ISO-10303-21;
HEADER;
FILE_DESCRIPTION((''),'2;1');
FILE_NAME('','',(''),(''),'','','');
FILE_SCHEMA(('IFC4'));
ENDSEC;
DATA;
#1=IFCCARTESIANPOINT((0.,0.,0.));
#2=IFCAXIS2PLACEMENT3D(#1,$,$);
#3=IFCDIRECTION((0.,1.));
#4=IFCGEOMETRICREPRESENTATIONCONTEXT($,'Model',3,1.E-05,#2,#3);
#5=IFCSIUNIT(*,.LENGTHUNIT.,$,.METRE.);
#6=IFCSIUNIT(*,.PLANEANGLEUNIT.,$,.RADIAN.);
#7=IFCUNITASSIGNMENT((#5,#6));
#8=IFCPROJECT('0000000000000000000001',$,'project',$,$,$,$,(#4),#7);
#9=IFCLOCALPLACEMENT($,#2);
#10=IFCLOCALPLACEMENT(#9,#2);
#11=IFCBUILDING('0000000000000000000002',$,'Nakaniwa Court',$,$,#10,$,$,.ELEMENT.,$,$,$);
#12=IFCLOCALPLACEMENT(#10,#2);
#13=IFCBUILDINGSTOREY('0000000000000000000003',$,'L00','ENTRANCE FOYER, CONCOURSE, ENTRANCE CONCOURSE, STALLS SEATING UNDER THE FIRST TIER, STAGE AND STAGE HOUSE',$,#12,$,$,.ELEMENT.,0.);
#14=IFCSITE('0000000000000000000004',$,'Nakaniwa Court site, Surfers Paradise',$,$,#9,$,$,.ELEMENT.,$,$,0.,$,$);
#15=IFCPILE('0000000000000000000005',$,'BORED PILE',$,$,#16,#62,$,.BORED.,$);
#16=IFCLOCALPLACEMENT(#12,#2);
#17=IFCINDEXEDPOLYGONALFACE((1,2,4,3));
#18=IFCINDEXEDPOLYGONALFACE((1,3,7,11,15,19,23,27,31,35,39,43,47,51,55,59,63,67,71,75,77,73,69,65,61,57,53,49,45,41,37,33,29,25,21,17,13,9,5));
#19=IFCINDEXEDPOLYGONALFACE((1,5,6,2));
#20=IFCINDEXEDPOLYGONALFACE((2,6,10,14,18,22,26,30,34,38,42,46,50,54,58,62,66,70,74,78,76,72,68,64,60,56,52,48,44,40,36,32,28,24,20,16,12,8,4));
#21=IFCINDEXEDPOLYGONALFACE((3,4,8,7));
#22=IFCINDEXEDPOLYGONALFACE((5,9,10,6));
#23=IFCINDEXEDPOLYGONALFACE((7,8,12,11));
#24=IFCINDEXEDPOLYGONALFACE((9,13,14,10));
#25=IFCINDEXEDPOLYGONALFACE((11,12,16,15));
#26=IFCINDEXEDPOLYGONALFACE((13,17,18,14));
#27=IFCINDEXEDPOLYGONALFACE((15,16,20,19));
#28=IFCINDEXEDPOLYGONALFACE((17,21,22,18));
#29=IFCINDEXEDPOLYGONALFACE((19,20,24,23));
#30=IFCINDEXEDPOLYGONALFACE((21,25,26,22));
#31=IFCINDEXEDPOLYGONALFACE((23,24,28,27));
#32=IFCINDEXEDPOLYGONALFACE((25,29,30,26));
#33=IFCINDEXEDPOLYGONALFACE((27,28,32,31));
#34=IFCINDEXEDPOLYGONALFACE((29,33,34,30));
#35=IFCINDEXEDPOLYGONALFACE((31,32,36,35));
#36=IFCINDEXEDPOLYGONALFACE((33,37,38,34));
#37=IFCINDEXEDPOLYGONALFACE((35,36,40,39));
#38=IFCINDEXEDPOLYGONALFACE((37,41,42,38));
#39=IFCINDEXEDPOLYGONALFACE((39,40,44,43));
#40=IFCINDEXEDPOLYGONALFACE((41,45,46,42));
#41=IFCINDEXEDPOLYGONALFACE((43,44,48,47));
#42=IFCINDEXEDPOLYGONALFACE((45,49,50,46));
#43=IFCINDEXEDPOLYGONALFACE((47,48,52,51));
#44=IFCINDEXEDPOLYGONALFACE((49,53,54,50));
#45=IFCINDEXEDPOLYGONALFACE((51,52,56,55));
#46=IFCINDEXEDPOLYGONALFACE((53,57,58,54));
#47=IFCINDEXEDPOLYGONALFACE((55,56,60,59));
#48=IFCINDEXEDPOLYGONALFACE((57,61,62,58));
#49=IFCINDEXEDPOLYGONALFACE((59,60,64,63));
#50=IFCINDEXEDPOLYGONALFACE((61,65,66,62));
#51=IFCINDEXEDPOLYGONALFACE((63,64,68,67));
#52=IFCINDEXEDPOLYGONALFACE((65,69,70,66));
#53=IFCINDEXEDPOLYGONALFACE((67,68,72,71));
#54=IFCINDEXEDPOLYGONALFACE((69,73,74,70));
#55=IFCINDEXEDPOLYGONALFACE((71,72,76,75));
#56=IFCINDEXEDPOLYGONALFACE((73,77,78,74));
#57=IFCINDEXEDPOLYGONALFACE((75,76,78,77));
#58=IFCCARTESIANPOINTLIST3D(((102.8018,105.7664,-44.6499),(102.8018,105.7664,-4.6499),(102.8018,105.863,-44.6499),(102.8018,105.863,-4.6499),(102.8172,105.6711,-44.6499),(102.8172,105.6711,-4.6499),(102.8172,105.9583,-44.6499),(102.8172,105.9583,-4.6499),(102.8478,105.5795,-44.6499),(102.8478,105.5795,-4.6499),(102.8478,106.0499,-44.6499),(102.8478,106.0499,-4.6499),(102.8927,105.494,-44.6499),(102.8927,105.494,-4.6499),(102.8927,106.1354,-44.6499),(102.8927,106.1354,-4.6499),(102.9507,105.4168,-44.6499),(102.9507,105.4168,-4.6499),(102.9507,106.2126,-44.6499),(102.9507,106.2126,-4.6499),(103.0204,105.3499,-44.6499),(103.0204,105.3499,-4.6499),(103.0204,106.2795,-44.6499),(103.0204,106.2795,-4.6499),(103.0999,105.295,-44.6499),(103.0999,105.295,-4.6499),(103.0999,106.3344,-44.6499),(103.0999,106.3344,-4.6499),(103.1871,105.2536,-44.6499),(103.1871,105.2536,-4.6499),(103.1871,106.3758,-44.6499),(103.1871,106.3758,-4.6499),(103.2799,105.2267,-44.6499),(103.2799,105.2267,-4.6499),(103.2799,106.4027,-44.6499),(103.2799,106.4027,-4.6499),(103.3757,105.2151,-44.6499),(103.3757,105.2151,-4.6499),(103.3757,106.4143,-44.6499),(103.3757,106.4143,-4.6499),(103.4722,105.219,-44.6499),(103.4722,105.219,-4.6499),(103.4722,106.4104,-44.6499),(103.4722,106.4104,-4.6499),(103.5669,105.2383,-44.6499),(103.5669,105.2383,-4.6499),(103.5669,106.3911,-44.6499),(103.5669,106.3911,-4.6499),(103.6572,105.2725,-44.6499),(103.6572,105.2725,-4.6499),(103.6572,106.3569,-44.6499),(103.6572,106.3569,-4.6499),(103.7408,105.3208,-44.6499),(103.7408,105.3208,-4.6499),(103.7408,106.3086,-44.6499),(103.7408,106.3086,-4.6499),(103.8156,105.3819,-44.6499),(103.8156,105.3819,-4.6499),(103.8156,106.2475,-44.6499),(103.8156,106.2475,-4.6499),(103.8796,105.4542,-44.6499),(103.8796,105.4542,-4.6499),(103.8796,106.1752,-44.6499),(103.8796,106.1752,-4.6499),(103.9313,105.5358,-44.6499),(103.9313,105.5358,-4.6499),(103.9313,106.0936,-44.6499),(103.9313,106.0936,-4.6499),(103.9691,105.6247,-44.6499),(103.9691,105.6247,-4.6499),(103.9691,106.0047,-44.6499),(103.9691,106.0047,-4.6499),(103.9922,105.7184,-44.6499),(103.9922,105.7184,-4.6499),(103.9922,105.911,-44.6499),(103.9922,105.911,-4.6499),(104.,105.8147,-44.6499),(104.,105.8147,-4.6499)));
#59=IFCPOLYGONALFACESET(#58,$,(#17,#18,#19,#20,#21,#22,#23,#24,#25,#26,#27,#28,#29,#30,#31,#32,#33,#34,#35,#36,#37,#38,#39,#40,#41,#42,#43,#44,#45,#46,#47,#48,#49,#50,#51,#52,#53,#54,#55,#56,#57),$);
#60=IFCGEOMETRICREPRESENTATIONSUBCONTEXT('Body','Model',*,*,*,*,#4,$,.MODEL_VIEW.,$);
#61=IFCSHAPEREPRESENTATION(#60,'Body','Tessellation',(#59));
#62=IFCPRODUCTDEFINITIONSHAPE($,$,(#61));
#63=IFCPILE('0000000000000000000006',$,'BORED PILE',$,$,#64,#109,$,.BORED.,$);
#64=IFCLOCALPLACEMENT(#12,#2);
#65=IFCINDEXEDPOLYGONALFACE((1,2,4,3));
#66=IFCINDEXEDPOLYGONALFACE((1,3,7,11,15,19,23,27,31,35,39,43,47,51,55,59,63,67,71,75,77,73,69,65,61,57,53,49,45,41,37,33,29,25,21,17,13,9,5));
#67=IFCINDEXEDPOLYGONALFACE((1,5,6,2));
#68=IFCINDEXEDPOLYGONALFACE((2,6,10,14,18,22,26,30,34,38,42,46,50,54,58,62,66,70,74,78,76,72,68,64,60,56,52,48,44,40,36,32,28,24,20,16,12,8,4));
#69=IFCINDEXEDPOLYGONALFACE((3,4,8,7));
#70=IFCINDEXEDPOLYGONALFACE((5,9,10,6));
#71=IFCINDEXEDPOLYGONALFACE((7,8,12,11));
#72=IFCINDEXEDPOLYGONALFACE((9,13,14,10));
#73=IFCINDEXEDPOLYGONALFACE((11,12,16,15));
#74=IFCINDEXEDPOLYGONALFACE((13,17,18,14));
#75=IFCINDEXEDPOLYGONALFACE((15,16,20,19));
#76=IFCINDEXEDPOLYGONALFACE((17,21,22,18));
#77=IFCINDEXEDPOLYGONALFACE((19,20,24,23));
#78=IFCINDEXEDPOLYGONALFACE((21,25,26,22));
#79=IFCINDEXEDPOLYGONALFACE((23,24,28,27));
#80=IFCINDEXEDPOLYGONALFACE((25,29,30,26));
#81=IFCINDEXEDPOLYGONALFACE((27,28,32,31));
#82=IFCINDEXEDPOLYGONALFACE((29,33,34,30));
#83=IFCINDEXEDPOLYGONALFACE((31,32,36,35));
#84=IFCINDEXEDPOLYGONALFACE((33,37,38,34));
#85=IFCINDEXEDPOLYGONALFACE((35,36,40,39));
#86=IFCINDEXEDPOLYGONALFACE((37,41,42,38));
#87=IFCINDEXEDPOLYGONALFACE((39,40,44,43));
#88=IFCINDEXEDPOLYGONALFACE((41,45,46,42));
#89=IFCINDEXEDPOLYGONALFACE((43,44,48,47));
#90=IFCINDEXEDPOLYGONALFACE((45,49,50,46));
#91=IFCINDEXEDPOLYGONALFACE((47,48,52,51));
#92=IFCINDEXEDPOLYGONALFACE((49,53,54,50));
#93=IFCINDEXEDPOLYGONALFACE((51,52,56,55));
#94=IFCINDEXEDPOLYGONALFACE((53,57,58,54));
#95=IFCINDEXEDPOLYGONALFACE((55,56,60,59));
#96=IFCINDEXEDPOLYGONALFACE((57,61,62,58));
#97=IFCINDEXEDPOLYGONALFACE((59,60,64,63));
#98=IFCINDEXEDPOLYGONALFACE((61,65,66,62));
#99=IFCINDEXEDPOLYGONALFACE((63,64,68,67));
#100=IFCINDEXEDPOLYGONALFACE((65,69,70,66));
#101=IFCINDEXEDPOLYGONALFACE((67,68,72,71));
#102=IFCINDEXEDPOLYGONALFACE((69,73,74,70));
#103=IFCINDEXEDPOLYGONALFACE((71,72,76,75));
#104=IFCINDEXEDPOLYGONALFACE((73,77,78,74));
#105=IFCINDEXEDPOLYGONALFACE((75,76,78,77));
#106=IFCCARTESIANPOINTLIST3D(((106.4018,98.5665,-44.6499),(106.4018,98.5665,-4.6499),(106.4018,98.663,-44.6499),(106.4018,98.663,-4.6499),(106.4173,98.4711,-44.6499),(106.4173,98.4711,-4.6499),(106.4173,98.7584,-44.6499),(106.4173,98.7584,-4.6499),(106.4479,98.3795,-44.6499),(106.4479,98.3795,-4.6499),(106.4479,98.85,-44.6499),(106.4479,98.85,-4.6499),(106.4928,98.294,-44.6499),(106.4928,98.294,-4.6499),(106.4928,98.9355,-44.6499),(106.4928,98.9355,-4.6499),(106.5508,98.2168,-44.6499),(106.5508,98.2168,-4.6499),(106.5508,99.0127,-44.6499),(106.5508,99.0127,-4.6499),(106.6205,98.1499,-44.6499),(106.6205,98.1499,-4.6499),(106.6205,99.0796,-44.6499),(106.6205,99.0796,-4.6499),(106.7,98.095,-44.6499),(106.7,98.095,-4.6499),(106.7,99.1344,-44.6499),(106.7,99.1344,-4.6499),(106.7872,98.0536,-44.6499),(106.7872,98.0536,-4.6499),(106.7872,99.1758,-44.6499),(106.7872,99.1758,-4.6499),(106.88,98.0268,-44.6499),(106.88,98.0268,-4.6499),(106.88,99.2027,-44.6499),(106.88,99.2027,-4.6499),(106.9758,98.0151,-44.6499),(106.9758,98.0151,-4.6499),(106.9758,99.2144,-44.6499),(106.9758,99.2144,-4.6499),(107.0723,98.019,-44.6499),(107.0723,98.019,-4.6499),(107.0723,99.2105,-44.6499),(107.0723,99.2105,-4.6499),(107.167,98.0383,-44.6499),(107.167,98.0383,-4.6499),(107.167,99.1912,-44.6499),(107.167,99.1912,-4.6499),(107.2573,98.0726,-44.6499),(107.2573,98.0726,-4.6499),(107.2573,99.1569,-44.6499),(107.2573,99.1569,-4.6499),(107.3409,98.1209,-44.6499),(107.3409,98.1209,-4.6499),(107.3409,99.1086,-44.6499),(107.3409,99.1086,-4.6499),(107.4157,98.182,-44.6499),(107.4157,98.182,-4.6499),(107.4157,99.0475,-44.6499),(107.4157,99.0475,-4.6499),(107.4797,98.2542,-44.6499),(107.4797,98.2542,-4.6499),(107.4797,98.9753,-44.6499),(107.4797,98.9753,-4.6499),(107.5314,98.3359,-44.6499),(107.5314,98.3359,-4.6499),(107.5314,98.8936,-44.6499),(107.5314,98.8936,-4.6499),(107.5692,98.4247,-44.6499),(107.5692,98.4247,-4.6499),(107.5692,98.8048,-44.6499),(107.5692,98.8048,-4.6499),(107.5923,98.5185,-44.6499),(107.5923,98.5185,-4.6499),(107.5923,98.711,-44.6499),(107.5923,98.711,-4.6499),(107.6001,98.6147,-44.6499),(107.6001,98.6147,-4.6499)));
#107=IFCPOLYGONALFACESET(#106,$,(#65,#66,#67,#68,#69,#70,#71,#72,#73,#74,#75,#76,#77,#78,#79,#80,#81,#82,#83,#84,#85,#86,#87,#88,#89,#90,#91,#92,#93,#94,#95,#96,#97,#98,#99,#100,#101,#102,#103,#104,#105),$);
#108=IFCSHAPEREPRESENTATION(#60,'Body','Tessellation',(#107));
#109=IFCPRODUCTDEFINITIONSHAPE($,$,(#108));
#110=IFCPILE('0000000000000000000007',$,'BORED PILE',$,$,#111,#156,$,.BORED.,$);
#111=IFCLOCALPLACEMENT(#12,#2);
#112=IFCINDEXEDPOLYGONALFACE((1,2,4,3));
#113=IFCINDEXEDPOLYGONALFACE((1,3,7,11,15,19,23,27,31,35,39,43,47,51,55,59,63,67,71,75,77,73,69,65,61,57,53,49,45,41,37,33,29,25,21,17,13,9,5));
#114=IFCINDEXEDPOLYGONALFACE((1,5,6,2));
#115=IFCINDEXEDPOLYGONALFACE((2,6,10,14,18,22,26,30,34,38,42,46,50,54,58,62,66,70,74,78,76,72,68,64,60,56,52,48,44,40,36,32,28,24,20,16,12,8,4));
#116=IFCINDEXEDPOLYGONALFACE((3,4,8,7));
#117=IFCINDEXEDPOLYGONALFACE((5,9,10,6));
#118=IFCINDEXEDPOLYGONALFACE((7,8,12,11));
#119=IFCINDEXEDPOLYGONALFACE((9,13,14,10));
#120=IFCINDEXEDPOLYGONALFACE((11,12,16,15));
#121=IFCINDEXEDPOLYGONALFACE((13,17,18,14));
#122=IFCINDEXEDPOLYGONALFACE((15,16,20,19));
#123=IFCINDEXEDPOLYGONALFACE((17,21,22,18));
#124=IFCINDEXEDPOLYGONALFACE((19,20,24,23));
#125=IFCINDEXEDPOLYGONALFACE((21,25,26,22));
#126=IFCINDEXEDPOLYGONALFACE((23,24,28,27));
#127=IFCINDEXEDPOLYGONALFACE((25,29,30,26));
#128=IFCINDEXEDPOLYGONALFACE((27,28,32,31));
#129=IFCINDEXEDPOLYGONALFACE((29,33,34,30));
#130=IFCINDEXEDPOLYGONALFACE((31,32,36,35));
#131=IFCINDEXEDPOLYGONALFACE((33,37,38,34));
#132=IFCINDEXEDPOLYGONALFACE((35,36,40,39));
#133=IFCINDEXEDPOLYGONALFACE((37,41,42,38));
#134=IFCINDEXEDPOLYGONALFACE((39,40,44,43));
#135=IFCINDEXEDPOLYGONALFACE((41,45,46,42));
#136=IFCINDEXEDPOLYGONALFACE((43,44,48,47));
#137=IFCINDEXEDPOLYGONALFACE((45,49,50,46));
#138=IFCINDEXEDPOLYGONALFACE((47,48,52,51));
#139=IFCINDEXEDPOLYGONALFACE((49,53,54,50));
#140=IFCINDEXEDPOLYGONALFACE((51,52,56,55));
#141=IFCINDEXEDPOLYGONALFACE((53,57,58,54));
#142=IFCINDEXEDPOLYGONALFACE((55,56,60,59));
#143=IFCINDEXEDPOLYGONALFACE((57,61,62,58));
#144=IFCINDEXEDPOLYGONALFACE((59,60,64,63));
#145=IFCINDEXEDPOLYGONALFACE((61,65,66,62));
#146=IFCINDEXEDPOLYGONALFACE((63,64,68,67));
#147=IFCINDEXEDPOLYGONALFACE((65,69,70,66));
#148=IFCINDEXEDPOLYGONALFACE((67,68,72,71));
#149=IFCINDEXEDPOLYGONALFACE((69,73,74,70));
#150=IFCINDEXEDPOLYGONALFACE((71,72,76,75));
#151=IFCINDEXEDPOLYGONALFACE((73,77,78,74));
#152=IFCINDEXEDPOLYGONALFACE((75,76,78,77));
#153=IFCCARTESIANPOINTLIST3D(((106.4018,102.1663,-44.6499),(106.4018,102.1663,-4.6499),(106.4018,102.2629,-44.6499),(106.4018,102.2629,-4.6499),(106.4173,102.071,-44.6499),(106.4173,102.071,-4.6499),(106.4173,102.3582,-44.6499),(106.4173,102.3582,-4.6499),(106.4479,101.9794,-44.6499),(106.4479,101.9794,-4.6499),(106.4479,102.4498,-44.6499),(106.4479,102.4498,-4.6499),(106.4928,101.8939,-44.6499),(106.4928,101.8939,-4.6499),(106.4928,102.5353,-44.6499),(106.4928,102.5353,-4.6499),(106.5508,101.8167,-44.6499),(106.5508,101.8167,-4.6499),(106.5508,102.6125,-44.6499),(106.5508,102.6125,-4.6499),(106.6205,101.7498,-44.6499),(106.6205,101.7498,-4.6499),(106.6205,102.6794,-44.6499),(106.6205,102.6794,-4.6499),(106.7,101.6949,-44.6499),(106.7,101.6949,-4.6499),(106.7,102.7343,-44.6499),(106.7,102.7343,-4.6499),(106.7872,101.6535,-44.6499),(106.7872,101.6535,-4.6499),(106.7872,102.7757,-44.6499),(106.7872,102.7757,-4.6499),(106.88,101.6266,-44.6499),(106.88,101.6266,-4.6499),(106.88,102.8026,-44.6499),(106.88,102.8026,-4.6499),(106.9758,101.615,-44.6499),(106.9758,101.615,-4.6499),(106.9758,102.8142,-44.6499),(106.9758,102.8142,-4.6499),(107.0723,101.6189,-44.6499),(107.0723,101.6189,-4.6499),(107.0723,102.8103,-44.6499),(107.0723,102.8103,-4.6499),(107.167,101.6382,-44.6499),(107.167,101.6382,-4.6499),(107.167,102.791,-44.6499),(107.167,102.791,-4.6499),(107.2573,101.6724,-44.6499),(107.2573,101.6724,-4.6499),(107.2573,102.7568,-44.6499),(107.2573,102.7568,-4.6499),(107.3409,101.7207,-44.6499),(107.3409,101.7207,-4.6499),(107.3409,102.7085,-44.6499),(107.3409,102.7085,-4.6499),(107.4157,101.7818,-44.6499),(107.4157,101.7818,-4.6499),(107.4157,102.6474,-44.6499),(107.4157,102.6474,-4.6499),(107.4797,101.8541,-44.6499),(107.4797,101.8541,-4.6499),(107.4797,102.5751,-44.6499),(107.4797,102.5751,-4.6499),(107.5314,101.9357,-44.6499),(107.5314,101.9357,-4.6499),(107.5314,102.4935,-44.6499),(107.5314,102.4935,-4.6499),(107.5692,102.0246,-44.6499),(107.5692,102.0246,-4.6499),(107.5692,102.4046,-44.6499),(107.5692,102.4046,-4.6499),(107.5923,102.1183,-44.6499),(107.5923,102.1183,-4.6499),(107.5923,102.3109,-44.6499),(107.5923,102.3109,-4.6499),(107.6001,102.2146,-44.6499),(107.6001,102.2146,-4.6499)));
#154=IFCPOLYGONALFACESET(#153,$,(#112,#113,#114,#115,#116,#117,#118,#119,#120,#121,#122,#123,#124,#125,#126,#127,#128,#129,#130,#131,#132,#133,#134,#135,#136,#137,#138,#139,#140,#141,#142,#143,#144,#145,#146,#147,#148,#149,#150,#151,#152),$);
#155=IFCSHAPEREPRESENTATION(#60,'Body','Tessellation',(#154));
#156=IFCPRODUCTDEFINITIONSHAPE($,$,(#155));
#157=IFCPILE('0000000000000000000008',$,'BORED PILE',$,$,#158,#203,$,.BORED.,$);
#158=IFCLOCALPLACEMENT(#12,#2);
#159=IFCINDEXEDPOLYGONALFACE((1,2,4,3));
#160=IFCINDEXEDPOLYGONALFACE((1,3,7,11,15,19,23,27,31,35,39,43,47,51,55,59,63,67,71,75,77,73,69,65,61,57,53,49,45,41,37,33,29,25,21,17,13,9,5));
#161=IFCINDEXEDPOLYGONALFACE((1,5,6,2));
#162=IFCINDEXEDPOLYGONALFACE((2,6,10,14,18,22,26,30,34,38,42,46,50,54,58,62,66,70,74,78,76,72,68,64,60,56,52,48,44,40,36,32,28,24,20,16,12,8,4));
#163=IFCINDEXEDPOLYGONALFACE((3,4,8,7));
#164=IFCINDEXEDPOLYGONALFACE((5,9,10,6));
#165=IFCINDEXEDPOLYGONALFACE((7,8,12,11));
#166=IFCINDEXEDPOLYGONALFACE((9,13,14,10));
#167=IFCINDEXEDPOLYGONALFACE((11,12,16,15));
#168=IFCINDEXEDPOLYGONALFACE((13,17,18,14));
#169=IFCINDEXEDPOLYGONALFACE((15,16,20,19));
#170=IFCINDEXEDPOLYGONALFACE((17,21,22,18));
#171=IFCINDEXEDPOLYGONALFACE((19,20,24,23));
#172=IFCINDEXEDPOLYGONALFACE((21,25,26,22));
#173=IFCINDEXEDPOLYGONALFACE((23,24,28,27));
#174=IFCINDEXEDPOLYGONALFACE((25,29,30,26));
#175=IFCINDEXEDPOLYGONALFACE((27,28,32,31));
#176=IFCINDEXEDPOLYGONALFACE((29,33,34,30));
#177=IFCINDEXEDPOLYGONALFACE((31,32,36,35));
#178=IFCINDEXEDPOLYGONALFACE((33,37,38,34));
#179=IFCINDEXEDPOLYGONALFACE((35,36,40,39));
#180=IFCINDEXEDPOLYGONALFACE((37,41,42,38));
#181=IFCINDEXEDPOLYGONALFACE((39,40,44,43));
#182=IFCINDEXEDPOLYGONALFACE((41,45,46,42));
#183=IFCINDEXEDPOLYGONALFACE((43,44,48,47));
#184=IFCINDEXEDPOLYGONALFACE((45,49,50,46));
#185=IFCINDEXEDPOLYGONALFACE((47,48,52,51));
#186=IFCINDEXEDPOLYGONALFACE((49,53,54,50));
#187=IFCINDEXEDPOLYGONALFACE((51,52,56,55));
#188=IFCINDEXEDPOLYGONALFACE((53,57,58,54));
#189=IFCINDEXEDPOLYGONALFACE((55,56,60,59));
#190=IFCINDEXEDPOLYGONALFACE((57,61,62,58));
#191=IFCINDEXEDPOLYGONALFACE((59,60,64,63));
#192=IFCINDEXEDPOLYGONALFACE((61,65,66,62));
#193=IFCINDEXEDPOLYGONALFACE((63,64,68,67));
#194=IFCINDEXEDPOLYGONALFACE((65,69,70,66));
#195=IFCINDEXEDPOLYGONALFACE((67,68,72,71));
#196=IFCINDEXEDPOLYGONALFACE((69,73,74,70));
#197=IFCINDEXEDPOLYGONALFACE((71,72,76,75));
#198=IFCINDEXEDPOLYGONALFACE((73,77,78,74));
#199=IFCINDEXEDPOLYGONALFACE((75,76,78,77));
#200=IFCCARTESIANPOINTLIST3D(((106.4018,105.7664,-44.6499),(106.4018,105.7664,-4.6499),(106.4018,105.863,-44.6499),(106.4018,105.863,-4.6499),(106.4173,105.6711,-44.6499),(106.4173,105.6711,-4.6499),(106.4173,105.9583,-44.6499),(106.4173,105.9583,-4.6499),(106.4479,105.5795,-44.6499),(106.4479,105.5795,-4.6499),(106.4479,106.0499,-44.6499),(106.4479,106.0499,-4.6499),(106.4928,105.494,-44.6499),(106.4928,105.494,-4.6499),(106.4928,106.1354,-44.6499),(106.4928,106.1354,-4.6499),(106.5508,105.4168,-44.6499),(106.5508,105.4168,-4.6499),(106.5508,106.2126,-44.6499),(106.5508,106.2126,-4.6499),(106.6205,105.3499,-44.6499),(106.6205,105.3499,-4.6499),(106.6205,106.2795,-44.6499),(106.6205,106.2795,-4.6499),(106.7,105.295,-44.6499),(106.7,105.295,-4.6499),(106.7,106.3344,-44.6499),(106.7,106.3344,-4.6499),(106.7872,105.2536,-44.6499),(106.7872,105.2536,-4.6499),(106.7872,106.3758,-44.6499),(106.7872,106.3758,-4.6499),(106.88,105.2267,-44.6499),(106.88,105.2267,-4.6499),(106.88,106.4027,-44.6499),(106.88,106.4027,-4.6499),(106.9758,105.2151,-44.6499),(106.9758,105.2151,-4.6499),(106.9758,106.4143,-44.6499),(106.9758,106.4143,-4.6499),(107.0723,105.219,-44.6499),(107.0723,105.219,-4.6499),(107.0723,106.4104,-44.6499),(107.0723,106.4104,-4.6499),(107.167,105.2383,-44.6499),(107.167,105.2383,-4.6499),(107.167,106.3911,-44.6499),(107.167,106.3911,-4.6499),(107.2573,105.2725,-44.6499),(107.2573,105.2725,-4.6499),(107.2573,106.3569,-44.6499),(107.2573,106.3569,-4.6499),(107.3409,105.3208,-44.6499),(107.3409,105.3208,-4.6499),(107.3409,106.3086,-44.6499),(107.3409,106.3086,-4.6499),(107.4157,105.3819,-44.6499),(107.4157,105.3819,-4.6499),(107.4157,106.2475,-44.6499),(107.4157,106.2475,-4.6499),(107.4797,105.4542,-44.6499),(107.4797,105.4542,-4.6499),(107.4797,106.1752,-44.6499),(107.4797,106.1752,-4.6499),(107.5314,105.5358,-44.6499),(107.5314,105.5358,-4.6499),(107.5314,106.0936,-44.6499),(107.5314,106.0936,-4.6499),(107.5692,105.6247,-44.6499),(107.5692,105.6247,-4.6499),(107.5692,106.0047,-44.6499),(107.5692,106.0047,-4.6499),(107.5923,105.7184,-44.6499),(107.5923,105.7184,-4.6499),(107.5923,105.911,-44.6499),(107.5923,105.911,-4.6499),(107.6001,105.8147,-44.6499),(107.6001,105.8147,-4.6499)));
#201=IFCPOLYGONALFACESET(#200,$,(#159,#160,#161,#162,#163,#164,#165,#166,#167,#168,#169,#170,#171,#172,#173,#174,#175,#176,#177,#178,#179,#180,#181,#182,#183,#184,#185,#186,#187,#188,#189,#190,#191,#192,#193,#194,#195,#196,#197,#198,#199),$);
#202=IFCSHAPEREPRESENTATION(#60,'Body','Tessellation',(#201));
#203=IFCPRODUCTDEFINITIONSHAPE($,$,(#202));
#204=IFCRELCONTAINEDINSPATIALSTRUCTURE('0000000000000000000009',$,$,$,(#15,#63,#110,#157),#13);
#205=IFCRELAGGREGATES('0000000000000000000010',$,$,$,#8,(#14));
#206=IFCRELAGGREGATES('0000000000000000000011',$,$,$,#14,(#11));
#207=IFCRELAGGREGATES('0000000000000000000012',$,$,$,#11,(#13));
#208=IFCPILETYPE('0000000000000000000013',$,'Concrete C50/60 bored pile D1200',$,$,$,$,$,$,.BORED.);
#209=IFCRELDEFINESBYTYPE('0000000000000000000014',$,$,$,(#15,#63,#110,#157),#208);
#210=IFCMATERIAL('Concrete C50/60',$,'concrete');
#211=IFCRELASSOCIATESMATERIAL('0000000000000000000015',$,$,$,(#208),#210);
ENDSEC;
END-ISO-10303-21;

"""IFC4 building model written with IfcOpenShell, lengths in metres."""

from ifc_helpers import new_model, si_unit, direction, frame, origin, origin_2d, place, context, subcontext, project, spatial, circle, extrude, material, material_profile, profile_set, type_object, element, save


model = new_model("IFC4")

# Units and contexts
model_context = context("Model", 3, precision=1e-05, world=origin(), true_north=direction((0.0, 1.0)))
body_context = subcontext(model_context, "Body", "Model", "MODEL_VIEW")
ifc_project = project(units=[si_unit("LENGTHUNIT", "METRE"), si_unit("PLANEANGLEUNIT", "RADIAN")], contexts=[model_context])

# Site, building, storey
site_placement = place(None, origin())
site = spatial("IfcSite", under=ifc_project, at=site_placement, Name="Nakaniwa Court site, Surfers Paradise", CompositionType="ELEMENT", RefElevation=0.0)
building_placement = place(site_placement, origin())
building = spatial("IfcBuilding", under=site, at=building_placement, Name="Nakaniwa Court", CompositionType="ELEMENT")
storey_placement = place(building_placement, origin())
storey = spatial("IfcBuildingStorey", under=building, at=storey_placement, Name="L00", Description="ENTRANCE FOYER, CONCOURSE, ENTRANCE CONCOURSE, STALLS SEATING UNDER THE FIRST TIER, STAGE AND STAGE HOUSE", CompositionType="ELEMENT", Elevation=0.0)

# Piles
ifc_material_1 = material(Name="Concrete C50/60", Category="concrete")
ifc_material_profile_1 = material_profile(ifc_material_1, circle(Radius=0.6001, at=origin_2d()), Name="Concrete C50/60 bored pile D1200")
ifc_profile_set_1 = profile_set([ifc_material_profile_1], Name="Concrete C50/60")
pile_type = type_object("IfcPileType", Name="Concrete C50/60 bored pile D1200", PredefinedType="BORED", material=ifc_profile_set_1)
for number, where, z_axis, x_axis, name in (
    (1, (103.3999, 105.8147, -4.6499), (0.0, 0.0, -1.0), (1.0, 0.0, 0.0), "BORED PILE"),
    (2, (107.0, 98.6147, -4.6499), (0.0, 0.0, -1.0), (1.0, 0.0, 0.0), "BORED PILE"),
    (3, (107.0, 102.2146, -4.6499), (0.0, 0.0, -1.0), (1.0, 0.0, 0.0), "BORED PILE"),
    (4, (107.0, 105.8147, -4.6499), (0.0, 0.0, -1.0), (1.0, 0.0, 0.0), "BORED PILE"),
):
    element("IfcPile", number, at=place(storey_placement, frame(where, z_axis=z_axis, x_axis=x_axis)), inside=storey, type_object=pile_type, Name=name, PredefinedType="BORED", context=body_context, shape_type="SweptSolid", body=[
        extrude(circle(Radius=0.6001, at=origin_2d()), origin(), (0.0, 0.0, 1.0), 40.0),
    ])

save(model, "model.ifc")
